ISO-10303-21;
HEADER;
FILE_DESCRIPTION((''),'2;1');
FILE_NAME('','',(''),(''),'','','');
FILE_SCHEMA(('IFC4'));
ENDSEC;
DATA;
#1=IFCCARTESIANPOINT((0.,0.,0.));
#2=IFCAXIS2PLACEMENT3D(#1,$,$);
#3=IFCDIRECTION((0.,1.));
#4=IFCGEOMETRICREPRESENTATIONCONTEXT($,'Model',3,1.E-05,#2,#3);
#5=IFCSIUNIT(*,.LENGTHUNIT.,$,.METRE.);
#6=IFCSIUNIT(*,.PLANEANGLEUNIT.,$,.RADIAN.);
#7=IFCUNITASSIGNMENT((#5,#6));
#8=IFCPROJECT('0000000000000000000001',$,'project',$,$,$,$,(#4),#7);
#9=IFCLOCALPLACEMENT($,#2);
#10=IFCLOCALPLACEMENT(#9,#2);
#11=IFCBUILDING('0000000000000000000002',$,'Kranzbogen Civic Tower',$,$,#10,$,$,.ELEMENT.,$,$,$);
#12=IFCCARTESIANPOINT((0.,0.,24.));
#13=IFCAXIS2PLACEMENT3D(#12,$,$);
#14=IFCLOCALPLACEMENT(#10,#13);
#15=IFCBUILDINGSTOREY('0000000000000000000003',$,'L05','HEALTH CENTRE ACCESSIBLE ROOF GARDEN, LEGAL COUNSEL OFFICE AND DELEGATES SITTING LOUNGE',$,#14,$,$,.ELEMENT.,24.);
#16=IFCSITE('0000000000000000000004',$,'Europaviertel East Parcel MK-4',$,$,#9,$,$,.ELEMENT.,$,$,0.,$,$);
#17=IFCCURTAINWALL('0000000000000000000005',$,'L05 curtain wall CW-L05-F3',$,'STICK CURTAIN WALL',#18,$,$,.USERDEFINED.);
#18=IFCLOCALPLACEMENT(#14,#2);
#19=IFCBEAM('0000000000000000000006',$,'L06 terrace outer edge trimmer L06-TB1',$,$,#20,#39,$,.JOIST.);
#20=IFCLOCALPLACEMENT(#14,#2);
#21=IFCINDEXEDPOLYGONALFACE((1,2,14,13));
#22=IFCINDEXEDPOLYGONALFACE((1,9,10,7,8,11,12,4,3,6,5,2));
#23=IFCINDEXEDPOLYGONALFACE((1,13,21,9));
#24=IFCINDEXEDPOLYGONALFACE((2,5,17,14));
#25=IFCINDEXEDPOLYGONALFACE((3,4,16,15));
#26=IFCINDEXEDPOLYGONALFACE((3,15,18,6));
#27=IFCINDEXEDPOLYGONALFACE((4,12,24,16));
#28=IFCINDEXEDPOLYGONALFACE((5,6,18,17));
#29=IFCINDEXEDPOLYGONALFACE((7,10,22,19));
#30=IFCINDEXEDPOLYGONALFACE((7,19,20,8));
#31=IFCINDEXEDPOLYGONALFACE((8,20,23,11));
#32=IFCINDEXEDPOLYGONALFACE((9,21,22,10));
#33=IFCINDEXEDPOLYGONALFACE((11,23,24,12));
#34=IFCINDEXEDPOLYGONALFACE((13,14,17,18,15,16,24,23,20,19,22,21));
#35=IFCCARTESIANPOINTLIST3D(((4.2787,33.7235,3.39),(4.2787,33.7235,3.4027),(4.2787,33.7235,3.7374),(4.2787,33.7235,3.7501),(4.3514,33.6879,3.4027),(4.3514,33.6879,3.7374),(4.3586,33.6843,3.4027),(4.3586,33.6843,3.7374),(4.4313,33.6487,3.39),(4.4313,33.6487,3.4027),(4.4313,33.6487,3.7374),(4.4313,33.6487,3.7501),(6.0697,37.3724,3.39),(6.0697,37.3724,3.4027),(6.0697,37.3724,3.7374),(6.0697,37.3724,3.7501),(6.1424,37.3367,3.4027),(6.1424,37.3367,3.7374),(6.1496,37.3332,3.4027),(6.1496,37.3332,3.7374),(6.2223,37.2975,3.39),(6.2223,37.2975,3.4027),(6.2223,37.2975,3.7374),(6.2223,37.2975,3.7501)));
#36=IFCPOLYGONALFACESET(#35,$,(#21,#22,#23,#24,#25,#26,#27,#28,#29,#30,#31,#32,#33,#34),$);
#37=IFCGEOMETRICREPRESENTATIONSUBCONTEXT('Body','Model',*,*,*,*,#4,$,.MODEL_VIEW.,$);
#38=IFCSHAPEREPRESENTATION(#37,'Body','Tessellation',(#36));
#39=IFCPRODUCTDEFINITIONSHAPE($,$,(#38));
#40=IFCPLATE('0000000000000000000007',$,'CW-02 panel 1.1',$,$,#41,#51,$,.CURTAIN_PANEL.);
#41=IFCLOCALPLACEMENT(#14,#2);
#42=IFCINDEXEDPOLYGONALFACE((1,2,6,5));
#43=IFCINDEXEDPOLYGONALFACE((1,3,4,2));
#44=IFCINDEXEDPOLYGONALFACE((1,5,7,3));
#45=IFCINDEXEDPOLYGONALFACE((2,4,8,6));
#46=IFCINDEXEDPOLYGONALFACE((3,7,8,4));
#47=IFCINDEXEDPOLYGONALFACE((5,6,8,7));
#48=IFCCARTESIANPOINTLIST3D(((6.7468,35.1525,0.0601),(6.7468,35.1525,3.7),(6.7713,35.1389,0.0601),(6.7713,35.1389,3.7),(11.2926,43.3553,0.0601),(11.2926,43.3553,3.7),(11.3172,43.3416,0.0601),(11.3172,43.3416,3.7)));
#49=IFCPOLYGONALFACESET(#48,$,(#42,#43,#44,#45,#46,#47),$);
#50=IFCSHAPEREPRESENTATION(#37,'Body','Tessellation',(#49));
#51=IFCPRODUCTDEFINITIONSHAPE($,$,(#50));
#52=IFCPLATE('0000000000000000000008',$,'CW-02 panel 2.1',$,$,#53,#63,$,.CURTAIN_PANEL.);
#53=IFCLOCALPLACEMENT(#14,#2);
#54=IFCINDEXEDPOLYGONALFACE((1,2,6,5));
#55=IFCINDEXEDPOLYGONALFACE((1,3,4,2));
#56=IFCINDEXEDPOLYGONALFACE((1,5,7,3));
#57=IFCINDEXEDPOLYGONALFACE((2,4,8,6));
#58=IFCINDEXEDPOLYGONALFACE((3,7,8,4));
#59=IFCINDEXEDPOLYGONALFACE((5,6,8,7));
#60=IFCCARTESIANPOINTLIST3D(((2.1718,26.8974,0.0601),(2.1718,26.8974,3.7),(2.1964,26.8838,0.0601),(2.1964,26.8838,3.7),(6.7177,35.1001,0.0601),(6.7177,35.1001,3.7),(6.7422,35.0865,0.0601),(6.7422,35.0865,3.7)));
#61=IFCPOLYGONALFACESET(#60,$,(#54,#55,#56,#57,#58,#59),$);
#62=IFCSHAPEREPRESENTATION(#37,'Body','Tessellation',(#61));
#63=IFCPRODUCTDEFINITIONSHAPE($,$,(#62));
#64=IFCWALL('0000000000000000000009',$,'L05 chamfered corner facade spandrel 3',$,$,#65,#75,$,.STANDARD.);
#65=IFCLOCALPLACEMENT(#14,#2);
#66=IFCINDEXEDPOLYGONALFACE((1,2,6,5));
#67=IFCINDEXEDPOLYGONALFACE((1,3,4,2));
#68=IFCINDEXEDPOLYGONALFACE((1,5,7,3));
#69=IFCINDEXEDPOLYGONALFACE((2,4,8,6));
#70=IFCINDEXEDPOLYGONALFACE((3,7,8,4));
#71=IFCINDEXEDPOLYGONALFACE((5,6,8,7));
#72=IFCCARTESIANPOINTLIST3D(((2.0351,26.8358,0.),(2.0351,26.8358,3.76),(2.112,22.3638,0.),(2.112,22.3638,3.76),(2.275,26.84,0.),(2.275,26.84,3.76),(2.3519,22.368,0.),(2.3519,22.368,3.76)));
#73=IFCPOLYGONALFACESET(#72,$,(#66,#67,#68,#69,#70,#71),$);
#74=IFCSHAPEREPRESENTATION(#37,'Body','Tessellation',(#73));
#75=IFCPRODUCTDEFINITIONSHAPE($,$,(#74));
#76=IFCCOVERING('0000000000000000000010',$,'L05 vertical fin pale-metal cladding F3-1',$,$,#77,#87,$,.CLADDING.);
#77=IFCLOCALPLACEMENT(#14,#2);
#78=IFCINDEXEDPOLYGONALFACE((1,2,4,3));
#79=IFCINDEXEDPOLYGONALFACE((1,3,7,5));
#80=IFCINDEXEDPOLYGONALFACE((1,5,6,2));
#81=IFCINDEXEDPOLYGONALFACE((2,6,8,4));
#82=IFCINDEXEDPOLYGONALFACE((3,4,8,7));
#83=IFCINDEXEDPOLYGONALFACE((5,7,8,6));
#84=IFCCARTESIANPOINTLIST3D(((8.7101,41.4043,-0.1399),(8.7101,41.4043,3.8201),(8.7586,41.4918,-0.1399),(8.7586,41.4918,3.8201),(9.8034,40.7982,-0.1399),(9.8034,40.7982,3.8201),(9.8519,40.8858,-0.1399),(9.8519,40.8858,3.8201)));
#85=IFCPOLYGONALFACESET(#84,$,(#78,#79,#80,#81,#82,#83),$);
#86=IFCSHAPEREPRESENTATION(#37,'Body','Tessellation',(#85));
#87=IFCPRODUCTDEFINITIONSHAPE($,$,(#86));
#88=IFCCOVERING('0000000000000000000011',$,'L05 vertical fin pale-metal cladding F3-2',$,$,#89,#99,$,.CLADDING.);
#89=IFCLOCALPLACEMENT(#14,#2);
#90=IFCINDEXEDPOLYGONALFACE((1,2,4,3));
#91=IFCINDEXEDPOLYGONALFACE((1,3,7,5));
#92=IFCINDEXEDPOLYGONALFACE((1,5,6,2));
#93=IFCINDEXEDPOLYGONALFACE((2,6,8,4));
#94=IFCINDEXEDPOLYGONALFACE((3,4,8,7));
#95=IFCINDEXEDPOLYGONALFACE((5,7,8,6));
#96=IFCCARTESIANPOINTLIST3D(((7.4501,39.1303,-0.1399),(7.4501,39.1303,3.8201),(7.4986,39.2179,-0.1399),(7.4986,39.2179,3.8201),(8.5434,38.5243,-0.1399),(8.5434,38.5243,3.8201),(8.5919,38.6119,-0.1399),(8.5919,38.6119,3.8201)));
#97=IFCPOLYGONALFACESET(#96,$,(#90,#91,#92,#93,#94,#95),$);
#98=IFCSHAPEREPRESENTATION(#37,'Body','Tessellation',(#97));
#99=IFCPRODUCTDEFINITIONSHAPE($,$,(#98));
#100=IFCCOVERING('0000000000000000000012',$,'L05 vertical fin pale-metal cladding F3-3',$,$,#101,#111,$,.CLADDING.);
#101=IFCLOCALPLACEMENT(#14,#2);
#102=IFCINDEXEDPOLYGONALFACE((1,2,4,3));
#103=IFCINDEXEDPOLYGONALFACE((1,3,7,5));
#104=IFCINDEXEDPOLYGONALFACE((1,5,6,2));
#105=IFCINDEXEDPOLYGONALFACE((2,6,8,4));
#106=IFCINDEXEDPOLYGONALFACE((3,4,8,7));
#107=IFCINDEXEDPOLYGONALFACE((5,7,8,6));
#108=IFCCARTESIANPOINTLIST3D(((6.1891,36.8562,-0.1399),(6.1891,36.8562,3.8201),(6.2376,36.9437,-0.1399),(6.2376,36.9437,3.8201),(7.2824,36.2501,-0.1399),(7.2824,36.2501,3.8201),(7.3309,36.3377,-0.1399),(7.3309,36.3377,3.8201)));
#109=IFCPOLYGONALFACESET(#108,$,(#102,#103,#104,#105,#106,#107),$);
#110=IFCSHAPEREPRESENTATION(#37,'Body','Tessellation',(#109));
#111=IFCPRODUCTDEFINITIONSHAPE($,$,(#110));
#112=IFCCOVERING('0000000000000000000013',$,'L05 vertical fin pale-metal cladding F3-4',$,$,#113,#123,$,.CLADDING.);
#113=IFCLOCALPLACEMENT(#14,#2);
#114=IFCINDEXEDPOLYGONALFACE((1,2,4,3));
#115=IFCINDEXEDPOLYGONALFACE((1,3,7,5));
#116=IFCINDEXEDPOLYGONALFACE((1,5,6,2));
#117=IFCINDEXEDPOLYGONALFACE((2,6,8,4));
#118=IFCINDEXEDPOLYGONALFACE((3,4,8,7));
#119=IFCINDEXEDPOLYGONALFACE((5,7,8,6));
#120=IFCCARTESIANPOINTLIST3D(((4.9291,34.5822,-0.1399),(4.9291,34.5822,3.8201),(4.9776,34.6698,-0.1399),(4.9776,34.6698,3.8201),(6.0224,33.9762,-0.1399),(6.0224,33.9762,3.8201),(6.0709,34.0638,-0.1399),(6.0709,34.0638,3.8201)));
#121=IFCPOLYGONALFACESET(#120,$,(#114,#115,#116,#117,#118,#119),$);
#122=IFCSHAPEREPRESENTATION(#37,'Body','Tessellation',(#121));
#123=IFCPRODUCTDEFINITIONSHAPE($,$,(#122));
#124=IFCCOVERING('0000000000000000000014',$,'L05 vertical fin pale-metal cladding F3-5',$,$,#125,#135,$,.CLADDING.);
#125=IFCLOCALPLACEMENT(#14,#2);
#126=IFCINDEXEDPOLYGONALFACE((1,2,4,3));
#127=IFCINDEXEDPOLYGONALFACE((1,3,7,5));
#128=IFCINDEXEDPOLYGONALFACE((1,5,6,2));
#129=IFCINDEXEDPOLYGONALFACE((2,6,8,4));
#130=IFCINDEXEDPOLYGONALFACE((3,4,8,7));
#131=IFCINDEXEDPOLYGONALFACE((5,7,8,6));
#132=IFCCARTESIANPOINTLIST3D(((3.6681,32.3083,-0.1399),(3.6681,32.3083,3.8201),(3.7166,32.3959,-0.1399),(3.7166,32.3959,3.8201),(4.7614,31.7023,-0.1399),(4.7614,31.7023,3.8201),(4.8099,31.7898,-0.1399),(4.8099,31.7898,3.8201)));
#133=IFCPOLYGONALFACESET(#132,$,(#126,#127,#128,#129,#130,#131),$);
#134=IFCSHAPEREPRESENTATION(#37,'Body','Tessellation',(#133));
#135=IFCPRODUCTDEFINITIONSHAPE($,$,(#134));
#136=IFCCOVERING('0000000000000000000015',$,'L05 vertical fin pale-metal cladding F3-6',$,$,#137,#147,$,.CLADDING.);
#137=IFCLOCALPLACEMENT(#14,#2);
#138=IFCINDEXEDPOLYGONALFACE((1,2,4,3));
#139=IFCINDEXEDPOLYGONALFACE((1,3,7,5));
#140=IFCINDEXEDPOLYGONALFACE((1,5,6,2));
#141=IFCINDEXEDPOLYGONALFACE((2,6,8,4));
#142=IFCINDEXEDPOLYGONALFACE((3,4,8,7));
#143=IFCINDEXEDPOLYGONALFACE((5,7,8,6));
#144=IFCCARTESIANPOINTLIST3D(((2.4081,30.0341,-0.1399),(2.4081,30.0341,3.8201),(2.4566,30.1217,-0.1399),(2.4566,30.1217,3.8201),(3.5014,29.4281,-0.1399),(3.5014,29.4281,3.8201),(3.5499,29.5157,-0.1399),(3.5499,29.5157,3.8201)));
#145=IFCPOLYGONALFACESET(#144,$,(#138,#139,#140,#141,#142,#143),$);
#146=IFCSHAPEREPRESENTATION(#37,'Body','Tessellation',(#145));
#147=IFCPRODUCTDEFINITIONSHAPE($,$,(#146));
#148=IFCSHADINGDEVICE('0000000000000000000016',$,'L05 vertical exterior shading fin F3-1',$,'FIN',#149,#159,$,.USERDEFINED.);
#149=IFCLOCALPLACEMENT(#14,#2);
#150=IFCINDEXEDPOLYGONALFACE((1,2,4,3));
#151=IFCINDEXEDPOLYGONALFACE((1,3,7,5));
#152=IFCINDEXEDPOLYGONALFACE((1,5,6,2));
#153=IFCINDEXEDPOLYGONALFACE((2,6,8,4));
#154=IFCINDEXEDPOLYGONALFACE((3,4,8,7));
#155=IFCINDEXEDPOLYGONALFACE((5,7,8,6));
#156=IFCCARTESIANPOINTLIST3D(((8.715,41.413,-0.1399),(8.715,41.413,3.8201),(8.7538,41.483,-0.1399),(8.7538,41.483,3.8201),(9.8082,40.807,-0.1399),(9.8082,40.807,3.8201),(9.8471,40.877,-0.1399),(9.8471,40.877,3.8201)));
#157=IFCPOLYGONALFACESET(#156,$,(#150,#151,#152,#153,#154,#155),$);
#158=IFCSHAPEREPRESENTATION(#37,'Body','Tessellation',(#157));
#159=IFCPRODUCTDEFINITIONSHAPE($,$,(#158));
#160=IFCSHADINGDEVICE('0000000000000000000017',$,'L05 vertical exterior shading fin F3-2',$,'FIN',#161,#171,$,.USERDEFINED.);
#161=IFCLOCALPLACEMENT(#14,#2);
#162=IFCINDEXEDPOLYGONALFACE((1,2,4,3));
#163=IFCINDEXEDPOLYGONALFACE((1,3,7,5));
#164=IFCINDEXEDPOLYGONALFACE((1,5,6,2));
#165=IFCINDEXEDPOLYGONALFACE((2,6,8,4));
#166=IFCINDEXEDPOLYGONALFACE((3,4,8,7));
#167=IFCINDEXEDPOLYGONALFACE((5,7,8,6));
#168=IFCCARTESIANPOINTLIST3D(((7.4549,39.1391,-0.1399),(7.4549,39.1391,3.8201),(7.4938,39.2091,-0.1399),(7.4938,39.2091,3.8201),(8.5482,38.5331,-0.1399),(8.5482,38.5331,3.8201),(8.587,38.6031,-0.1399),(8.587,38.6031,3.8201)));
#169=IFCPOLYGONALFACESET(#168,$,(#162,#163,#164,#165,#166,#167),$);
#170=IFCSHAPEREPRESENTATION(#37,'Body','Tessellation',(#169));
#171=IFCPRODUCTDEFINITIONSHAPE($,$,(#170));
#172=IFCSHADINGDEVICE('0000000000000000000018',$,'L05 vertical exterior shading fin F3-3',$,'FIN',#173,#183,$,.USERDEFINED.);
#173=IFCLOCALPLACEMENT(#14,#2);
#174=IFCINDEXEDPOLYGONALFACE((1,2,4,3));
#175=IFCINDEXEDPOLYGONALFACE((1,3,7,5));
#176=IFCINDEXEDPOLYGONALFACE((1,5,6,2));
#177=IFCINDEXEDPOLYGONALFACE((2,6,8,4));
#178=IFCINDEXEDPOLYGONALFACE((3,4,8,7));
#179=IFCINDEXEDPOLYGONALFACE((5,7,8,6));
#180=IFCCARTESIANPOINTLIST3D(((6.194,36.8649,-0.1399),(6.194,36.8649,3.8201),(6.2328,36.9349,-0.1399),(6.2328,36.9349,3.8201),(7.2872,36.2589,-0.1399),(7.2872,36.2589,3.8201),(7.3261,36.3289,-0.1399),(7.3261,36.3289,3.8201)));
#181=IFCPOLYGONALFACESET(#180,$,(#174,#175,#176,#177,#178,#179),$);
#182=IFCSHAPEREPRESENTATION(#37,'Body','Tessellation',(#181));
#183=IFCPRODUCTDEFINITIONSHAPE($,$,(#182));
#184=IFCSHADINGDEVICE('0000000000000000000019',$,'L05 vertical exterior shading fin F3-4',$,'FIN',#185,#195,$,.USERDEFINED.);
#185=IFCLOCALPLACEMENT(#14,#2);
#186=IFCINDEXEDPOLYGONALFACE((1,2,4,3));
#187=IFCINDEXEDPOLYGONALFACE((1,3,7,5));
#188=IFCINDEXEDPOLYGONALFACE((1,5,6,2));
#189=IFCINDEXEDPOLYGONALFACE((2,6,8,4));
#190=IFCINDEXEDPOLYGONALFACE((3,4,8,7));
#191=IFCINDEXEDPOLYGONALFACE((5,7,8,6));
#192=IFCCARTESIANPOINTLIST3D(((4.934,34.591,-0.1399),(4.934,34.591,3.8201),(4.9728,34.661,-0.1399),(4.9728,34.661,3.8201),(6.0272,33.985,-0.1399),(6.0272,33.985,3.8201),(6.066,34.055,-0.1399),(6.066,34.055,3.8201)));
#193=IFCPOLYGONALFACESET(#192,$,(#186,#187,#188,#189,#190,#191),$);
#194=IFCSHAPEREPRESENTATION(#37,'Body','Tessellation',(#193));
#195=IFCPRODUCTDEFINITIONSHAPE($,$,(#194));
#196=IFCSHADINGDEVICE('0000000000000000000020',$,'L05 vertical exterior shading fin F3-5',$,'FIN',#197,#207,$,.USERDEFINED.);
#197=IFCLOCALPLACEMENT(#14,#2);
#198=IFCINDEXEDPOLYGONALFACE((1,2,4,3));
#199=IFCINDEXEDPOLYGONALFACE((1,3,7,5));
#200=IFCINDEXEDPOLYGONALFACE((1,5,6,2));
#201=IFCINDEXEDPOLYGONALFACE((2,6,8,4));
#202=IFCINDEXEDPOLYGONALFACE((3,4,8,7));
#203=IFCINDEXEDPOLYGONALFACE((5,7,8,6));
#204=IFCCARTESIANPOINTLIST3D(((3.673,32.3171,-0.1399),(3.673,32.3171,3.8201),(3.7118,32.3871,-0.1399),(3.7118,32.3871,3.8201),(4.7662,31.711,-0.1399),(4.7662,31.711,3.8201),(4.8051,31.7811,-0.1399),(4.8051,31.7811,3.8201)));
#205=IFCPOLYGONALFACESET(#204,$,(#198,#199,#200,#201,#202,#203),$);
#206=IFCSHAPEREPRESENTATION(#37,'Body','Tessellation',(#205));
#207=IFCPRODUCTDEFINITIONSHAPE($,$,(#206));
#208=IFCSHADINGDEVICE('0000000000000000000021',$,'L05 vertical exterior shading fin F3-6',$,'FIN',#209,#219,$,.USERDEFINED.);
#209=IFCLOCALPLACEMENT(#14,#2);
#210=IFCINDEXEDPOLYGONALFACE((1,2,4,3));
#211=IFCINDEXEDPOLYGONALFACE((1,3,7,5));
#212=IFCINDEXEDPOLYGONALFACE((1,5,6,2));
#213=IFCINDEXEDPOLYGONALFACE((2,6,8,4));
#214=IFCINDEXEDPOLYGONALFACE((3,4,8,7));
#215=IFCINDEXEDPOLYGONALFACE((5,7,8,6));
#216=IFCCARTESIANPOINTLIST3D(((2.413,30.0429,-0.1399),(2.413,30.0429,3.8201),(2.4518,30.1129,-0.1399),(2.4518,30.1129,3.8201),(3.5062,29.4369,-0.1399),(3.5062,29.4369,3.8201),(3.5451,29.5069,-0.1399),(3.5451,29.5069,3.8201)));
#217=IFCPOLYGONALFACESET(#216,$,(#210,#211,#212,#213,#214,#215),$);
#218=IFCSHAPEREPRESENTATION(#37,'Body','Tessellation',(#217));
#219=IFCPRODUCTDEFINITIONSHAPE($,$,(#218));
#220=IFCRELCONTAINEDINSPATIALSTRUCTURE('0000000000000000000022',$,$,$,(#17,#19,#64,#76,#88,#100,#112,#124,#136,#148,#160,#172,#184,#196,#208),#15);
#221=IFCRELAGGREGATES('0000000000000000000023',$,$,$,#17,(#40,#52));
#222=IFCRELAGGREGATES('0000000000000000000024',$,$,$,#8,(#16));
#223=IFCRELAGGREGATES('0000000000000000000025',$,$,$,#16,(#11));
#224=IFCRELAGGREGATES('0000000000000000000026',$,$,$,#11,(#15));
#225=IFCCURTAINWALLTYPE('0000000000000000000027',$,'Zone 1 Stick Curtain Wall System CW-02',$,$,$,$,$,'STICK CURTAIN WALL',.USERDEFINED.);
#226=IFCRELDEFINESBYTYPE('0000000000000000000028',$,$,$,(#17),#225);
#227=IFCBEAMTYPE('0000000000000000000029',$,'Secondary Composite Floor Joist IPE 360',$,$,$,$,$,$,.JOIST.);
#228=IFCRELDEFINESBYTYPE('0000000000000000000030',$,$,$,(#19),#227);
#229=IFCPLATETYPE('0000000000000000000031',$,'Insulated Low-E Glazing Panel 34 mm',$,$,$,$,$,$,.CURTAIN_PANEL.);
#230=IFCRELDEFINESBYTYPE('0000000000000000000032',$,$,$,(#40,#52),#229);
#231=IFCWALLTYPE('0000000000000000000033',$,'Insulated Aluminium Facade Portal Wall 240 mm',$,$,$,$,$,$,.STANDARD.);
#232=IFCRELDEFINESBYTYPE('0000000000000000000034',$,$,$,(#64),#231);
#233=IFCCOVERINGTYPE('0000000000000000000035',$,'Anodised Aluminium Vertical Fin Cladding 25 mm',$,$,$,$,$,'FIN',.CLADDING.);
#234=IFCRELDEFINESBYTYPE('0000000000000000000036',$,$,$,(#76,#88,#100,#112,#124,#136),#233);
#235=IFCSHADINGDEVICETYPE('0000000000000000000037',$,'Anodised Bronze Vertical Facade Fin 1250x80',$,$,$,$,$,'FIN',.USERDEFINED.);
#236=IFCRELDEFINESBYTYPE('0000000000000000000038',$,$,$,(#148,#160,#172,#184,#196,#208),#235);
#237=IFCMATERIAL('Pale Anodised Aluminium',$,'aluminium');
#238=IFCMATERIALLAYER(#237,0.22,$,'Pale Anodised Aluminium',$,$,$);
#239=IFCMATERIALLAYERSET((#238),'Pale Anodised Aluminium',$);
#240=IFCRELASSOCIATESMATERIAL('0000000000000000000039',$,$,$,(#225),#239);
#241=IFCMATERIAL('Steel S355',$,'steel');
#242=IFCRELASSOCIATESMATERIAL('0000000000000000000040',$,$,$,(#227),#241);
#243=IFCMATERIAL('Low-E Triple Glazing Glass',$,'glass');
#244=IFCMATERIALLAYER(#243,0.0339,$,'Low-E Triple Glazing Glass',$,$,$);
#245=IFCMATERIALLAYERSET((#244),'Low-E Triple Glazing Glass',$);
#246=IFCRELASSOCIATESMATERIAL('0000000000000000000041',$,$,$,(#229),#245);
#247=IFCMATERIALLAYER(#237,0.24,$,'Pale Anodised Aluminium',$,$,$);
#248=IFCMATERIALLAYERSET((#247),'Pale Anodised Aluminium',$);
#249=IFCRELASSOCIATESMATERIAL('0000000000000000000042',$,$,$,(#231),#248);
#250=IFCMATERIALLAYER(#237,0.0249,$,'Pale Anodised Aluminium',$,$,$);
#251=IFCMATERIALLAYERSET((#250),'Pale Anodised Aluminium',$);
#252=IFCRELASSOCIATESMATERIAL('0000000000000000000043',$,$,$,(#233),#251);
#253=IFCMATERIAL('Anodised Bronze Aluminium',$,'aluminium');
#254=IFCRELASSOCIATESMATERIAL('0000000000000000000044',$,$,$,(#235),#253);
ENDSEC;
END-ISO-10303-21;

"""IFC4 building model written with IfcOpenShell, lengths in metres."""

from ifc_helpers import new_model, si_unit, direction, frame, frame_2d, origin, origin_2d, place, context, subcontext, project, spatial, rectangle, i_section, extrude, material, layer, layer_set, material_profile, profile_set, type_object, element, aggregate, save


model = new_model("IFC4")

# Units and contexts
model_context = context("Model", 3, precision=1e-05, world=origin(), true_north=direction((0.0, 1.0)))
body_context = subcontext(model_context, "Body", "Model", "MODEL_VIEW")
ifc_project = project(units=[si_unit("LENGTHUNIT", "METRE"), si_unit("PLANEANGLEUNIT", "RADIAN")], contexts=[model_context])

# Site, building, storey
site_placement = place(None, origin())
site = spatial("IfcSite", under=ifc_project, at=site_placement, Name="Europaviertel East Parcel MK-4", CompositionType="ELEMENT", RefElevation=0.0)
building_placement = place(site_placement, origin())
building = spatial("IfcBuilding", under=site, at=building_placement, Name="Kranzbogen Civic Tower", CompositionType="ELEMENT")
storey_placement = place(building_placement, frame((0.0, 0.0, 24.0)))
storey = spatial("IfcBuildingStorey", under=building, at=storey_placement, Name="L05", Description="HEALTH CENTRE ACCESSIBLE ROOF GARDEN, LEGAL COUNSEL OFFICE AND DELEGATES SITTING LOUNGE", CompositionType="ELEMENT", Elevation=24.0)

# Shared definitions
ifc_material_1 = material(Name="Steel S355", Category="steel")

# Curtain wall
ifc_material_2 = material(Name="Pale Anodised Aluminium", Category="aluminium")
ifc_layer_1 = layer(ifc_material_2, 0.22, Name="Pale Anodised Aluminium")
ifc_layer_set_1 = layer_set([ifc_layer_1], Name="Pale Anodised Aluminium")
curtain_wall_type = type_object("IfcCurtainWallType", Name="Zone 1 Stick Curtain Wall System CW-02", ElementType="STICK CURTAIN WALL", PredefinedType="USERDEFINED", material=ifc_layer_set_1)
curtain_wall_placement = place(storey_placement, origin())
curtain_wall = element("IfcCurtainWall", 1, at=curtain_wall_placement, inside=storey, type_object=curtain_wall_type, Name="L05 curtain wall CW-L05-F3", ObjectType="STICK CURTAIN WALL", PredefinedType="USERDEFINED")

# Beam
ifc_material_profile_1 = material_profile(ifc_material_1, i_section(OverallWidth=0.1699, OverallDepth=0.3601, WebThickness=0.0081, FlangeThickness=0.0127, at=origin_2d()), Name="IPE 360")
ifc_profile_set_1 = profile_set([ifc_material_profile_1], Name="Steel S355")
beam_type_1 = type_object("IfcBeamType", Name="Secondary Composite Floor Joist IPE 360", PredefinedType="JOIST", material=ifc_profile_set_1)
beam_1_placement = place(storey_placement, frame((6.146, 37.335, 3.5701), z_axis=(-0.440619, -0.897694, 0.0), x_axis=(0.897694, -0.440619, 0.0)))
element("IfcBeam", 2, at=beam_1_placement, inside=storey, type_object=beam_type_1, Name="L06 terrace outer edge trimmer L06-TB1", PredefinedType="JOIST", context=body_context, shape_type="SweptSolid", body=[
    extrude(i_section(OverallWidth=0.1699, OverallDepth=0.3601, WebThickness=0.0081, FlangeThickness=0.0127, at=origin_2d()), origin(), (0.0, 0.0, 1.0), 4.0647),
])

# Plates
ifc_material_3 = material(Name="Low-E Triple Glazing Glass", Category="glass")
ifc_layer_2 = layer(ifc_material_3, 0.0339, Name="Low-E Triple Glazing Glass")
ifc_layer_set_2 = layer_set([ifc_layer_2], Name="Low-E Triple Glazing Glass")
plate_type = type_object("IfcPlateType", Name="Insulated Low-E Glazing Panel 34 mm", PredefinedType="CURTAIN_PANEL", material=ifc_layer_set_2)
plate_1_placement = place(storey_placement, frame((9.032, 39.2471, 0.0601), z_axis=(0.0, 0.0, 1.0), x_axis=(-0.484728, -0.874665, 0.0)))
plate_1 = element("IfcPlate", 3, at=plate_1_placement, type_object=plate_type, Name="CW-02 panel 1.1", PredefinedType="CURTAIN_PANEL", context=body_context, shape_type="SweptSolid", body=[
    extrude(rectangle(XDim=9.3782, YDim=0.0281, at=origin_2d()), origin(), (0.0, 0.0, 1.0), 3.6399),
])
plate_2_placement = place(storey_placement, frame((4.457, 30.9919, 0.0601), z_axis=(0.0, 0.0, 1.0), x_axis=(-0.484728, -0.874665, 0.0)))
plate_2 = element("IfcPlate", 4, at=plate_2_placement, type_object=plate_type, Name="CW-02 panel 2.1", PredefinedType="CURTAIN_PANEL", context=body_context, shape_type="SweptSolid", body=[
    extrude(rectangle(XDim=9.3782, YDim=0.0281, at=origin_2d()), origin(), (0.0, 0.0, 1.0), 3.6399),
])
aggregate(curtain_wall, [plate_1, plate_2])

# Wall
ifc_layer_3 = layer(ifc_material_2, 0.24, Name="Pale Anodised Aluminium")
ifc_layer_set_3 = layer_set([ifc_layer_3], Name="Pale Anodised Aluminium")
wall_type = type_object("IfcWallType", Name="Insulated Aluminium Facade Portal Wall 240 mm", PredefinedType="STANDARD", material=ifc_layer_set_3)
wall_placement = place(storey_placement, frame((2.155, 26.8379, 0.0), z_axis=(0.0, 0.0, 1.0), x_axis=(0.017195, -0.999852, 0.0)))
element("IfcWall", 5, at=wall_placement, inside=storey, type_object=wall_type, Name="L05 chamfered corner facade spandrel 3", PredefinedType="STANDARD", context=body_context, shape_type="SweptSolid", body=[
    extrude(rectangle(XDim=4.4727, YDim=0.24, at=frame_2d((2.2363, 0.0))), origin(), (0.0, 0.0, 1.0), 3.76),
])

# Coverings
ifc_layer_4 = layer(ifc_material_2, 0.0249, Name="Pale Anodised Aluminium")
ifc_layer_set_4 = layer_set([ifc_layer_4], Name="Pale Anodised Aluminium")
covering_type = type_object("IfcCoveringType", Name="Anodised Aluminium Vertical Fin Cladding 25 mm", ElementType="FIN", PredefinedType="CLADDING", material=ifc_layer_set_4)
for number, where, z_axis, x_axis, name in (
    (6, (9.281, 41.145, -0.1399), (0.0, 0.0, 1.0), (-0.87462, 0.48481, 0.0), "L05 vertical fin pale-metal cladding F3-1"),
    (7, (8.021, 38.8711, -0.1399), (0.0, 0.0, 1.0), (-0.87462, 0.48481, 0.0), "L05 vertical fin pale-metal cladding F3-2"),
    (8, (6.76, 36.5969, -0.1399), (0.0, 0.0, 1.0), (-0.87462, 0.48481, 0.0), "L05 vertical fin pale-metal cladding F3-3"),
    (9, (5.5, 34.323, -0.1399), (0.0, 0.0, 1.0), (-0.87462, 0.48481, 0.0), "L05 vertical fin pale-metal cladding F3-4"),
    (10, (4.239, 32.0491, -0.1399), (0.0, 0.0, 1.0), (-0.87462, 0.48481, 0.0), "L05 vertical fin pale-metal cladding F3-5"),
    (11, (2.979, 29.7749, -0.1399), (0.0, 0.0, 1.0), (-0.87462, 0.48481, 0.0), "L05 vertical fin pale-metal cladding F3-6"),
):
    element("IfcCovering", number, at=place(storey_placement, frame(where, z_axis=z_axis, x_axis=x_axis)), inside=storey, type_object=covering_type, Name=name, PredefinedType="CLADDING", context=body_context, shape_type="SweptSolid", body=[
        extrude(rectangle(XDim=1.25, YDim=0.1001, at=origin_2d()), origin(), (0.0, 0.0, 1.0), 3.96),
    ])

# Shading devices
ifc_material_4 = material(Name="Anodised Bronze Aluminium", Category="aluminium")
shading_device_type = type_object("IfcShadingDeviceType", Name="Anodised Bronze Vertical Facade Fin 1250x80", ElementType="FIN", PredefinedType="USERDEFINED", material=ifc_material_4)
for number, where, z_axis, x_axis, name in (
    (12, (9.281, 41.145, -0.1399), (0.0, 0.0, 1.0), (-0.87462, 0.48481, 0.0), "L05 vertical exterior shading fin F3-1"),
    (13, (8.021, 38.8711, -0.1399), (0.0, 0.0, 1.0), (-0.87462, 0.48481, 0.0), "L05 vertical exterior shading fin F3-2"),
    (14, (6.76, 36.5969, -0.1399), (0.0, 0.0, 1.0), (-0.87462, 0.48481, 0.0), "L05 vertical exterior shading fin F3-3"),
    (15, (5.5, 34.323, -0.1399), (0.0, 0.0, 1.0), (-0.87462, 0.48481, 0.0), "L05 vertical exterior shading fin F3-4"),
    (16, (4.239, 32.0491, -0.1399), (0.0, 0.0, 1.0), (-0.87462, 0.48481, 0.0), "L05 vertical exterior shading fin F3-5"),
    (17, (2.979, 29.7749, -0.1399), (0.0, 0.0, 1.0), (-0.87462, 0.48481, 0.0), "L05 vertical exterior shading fin F3-6"),
):
    element("IfcShadingDevice", number, at=place(storey_placement, frame(where, z_axis=z_axis, x_axis=x_axis)), inside=storey, type_object=shading_device_type, Name=name, ObjectType="FIN", PredefinedType="USERDEFINED", context=body_context, shape_type="SweptSolid", body=[
        extrude(rectangle(XDim=1.25, YDim=0.0801, at=origin_2d()), origin(), (0.0, 0.0, 1.0), 3.96),
    ])

save(model, "model.ifc")
